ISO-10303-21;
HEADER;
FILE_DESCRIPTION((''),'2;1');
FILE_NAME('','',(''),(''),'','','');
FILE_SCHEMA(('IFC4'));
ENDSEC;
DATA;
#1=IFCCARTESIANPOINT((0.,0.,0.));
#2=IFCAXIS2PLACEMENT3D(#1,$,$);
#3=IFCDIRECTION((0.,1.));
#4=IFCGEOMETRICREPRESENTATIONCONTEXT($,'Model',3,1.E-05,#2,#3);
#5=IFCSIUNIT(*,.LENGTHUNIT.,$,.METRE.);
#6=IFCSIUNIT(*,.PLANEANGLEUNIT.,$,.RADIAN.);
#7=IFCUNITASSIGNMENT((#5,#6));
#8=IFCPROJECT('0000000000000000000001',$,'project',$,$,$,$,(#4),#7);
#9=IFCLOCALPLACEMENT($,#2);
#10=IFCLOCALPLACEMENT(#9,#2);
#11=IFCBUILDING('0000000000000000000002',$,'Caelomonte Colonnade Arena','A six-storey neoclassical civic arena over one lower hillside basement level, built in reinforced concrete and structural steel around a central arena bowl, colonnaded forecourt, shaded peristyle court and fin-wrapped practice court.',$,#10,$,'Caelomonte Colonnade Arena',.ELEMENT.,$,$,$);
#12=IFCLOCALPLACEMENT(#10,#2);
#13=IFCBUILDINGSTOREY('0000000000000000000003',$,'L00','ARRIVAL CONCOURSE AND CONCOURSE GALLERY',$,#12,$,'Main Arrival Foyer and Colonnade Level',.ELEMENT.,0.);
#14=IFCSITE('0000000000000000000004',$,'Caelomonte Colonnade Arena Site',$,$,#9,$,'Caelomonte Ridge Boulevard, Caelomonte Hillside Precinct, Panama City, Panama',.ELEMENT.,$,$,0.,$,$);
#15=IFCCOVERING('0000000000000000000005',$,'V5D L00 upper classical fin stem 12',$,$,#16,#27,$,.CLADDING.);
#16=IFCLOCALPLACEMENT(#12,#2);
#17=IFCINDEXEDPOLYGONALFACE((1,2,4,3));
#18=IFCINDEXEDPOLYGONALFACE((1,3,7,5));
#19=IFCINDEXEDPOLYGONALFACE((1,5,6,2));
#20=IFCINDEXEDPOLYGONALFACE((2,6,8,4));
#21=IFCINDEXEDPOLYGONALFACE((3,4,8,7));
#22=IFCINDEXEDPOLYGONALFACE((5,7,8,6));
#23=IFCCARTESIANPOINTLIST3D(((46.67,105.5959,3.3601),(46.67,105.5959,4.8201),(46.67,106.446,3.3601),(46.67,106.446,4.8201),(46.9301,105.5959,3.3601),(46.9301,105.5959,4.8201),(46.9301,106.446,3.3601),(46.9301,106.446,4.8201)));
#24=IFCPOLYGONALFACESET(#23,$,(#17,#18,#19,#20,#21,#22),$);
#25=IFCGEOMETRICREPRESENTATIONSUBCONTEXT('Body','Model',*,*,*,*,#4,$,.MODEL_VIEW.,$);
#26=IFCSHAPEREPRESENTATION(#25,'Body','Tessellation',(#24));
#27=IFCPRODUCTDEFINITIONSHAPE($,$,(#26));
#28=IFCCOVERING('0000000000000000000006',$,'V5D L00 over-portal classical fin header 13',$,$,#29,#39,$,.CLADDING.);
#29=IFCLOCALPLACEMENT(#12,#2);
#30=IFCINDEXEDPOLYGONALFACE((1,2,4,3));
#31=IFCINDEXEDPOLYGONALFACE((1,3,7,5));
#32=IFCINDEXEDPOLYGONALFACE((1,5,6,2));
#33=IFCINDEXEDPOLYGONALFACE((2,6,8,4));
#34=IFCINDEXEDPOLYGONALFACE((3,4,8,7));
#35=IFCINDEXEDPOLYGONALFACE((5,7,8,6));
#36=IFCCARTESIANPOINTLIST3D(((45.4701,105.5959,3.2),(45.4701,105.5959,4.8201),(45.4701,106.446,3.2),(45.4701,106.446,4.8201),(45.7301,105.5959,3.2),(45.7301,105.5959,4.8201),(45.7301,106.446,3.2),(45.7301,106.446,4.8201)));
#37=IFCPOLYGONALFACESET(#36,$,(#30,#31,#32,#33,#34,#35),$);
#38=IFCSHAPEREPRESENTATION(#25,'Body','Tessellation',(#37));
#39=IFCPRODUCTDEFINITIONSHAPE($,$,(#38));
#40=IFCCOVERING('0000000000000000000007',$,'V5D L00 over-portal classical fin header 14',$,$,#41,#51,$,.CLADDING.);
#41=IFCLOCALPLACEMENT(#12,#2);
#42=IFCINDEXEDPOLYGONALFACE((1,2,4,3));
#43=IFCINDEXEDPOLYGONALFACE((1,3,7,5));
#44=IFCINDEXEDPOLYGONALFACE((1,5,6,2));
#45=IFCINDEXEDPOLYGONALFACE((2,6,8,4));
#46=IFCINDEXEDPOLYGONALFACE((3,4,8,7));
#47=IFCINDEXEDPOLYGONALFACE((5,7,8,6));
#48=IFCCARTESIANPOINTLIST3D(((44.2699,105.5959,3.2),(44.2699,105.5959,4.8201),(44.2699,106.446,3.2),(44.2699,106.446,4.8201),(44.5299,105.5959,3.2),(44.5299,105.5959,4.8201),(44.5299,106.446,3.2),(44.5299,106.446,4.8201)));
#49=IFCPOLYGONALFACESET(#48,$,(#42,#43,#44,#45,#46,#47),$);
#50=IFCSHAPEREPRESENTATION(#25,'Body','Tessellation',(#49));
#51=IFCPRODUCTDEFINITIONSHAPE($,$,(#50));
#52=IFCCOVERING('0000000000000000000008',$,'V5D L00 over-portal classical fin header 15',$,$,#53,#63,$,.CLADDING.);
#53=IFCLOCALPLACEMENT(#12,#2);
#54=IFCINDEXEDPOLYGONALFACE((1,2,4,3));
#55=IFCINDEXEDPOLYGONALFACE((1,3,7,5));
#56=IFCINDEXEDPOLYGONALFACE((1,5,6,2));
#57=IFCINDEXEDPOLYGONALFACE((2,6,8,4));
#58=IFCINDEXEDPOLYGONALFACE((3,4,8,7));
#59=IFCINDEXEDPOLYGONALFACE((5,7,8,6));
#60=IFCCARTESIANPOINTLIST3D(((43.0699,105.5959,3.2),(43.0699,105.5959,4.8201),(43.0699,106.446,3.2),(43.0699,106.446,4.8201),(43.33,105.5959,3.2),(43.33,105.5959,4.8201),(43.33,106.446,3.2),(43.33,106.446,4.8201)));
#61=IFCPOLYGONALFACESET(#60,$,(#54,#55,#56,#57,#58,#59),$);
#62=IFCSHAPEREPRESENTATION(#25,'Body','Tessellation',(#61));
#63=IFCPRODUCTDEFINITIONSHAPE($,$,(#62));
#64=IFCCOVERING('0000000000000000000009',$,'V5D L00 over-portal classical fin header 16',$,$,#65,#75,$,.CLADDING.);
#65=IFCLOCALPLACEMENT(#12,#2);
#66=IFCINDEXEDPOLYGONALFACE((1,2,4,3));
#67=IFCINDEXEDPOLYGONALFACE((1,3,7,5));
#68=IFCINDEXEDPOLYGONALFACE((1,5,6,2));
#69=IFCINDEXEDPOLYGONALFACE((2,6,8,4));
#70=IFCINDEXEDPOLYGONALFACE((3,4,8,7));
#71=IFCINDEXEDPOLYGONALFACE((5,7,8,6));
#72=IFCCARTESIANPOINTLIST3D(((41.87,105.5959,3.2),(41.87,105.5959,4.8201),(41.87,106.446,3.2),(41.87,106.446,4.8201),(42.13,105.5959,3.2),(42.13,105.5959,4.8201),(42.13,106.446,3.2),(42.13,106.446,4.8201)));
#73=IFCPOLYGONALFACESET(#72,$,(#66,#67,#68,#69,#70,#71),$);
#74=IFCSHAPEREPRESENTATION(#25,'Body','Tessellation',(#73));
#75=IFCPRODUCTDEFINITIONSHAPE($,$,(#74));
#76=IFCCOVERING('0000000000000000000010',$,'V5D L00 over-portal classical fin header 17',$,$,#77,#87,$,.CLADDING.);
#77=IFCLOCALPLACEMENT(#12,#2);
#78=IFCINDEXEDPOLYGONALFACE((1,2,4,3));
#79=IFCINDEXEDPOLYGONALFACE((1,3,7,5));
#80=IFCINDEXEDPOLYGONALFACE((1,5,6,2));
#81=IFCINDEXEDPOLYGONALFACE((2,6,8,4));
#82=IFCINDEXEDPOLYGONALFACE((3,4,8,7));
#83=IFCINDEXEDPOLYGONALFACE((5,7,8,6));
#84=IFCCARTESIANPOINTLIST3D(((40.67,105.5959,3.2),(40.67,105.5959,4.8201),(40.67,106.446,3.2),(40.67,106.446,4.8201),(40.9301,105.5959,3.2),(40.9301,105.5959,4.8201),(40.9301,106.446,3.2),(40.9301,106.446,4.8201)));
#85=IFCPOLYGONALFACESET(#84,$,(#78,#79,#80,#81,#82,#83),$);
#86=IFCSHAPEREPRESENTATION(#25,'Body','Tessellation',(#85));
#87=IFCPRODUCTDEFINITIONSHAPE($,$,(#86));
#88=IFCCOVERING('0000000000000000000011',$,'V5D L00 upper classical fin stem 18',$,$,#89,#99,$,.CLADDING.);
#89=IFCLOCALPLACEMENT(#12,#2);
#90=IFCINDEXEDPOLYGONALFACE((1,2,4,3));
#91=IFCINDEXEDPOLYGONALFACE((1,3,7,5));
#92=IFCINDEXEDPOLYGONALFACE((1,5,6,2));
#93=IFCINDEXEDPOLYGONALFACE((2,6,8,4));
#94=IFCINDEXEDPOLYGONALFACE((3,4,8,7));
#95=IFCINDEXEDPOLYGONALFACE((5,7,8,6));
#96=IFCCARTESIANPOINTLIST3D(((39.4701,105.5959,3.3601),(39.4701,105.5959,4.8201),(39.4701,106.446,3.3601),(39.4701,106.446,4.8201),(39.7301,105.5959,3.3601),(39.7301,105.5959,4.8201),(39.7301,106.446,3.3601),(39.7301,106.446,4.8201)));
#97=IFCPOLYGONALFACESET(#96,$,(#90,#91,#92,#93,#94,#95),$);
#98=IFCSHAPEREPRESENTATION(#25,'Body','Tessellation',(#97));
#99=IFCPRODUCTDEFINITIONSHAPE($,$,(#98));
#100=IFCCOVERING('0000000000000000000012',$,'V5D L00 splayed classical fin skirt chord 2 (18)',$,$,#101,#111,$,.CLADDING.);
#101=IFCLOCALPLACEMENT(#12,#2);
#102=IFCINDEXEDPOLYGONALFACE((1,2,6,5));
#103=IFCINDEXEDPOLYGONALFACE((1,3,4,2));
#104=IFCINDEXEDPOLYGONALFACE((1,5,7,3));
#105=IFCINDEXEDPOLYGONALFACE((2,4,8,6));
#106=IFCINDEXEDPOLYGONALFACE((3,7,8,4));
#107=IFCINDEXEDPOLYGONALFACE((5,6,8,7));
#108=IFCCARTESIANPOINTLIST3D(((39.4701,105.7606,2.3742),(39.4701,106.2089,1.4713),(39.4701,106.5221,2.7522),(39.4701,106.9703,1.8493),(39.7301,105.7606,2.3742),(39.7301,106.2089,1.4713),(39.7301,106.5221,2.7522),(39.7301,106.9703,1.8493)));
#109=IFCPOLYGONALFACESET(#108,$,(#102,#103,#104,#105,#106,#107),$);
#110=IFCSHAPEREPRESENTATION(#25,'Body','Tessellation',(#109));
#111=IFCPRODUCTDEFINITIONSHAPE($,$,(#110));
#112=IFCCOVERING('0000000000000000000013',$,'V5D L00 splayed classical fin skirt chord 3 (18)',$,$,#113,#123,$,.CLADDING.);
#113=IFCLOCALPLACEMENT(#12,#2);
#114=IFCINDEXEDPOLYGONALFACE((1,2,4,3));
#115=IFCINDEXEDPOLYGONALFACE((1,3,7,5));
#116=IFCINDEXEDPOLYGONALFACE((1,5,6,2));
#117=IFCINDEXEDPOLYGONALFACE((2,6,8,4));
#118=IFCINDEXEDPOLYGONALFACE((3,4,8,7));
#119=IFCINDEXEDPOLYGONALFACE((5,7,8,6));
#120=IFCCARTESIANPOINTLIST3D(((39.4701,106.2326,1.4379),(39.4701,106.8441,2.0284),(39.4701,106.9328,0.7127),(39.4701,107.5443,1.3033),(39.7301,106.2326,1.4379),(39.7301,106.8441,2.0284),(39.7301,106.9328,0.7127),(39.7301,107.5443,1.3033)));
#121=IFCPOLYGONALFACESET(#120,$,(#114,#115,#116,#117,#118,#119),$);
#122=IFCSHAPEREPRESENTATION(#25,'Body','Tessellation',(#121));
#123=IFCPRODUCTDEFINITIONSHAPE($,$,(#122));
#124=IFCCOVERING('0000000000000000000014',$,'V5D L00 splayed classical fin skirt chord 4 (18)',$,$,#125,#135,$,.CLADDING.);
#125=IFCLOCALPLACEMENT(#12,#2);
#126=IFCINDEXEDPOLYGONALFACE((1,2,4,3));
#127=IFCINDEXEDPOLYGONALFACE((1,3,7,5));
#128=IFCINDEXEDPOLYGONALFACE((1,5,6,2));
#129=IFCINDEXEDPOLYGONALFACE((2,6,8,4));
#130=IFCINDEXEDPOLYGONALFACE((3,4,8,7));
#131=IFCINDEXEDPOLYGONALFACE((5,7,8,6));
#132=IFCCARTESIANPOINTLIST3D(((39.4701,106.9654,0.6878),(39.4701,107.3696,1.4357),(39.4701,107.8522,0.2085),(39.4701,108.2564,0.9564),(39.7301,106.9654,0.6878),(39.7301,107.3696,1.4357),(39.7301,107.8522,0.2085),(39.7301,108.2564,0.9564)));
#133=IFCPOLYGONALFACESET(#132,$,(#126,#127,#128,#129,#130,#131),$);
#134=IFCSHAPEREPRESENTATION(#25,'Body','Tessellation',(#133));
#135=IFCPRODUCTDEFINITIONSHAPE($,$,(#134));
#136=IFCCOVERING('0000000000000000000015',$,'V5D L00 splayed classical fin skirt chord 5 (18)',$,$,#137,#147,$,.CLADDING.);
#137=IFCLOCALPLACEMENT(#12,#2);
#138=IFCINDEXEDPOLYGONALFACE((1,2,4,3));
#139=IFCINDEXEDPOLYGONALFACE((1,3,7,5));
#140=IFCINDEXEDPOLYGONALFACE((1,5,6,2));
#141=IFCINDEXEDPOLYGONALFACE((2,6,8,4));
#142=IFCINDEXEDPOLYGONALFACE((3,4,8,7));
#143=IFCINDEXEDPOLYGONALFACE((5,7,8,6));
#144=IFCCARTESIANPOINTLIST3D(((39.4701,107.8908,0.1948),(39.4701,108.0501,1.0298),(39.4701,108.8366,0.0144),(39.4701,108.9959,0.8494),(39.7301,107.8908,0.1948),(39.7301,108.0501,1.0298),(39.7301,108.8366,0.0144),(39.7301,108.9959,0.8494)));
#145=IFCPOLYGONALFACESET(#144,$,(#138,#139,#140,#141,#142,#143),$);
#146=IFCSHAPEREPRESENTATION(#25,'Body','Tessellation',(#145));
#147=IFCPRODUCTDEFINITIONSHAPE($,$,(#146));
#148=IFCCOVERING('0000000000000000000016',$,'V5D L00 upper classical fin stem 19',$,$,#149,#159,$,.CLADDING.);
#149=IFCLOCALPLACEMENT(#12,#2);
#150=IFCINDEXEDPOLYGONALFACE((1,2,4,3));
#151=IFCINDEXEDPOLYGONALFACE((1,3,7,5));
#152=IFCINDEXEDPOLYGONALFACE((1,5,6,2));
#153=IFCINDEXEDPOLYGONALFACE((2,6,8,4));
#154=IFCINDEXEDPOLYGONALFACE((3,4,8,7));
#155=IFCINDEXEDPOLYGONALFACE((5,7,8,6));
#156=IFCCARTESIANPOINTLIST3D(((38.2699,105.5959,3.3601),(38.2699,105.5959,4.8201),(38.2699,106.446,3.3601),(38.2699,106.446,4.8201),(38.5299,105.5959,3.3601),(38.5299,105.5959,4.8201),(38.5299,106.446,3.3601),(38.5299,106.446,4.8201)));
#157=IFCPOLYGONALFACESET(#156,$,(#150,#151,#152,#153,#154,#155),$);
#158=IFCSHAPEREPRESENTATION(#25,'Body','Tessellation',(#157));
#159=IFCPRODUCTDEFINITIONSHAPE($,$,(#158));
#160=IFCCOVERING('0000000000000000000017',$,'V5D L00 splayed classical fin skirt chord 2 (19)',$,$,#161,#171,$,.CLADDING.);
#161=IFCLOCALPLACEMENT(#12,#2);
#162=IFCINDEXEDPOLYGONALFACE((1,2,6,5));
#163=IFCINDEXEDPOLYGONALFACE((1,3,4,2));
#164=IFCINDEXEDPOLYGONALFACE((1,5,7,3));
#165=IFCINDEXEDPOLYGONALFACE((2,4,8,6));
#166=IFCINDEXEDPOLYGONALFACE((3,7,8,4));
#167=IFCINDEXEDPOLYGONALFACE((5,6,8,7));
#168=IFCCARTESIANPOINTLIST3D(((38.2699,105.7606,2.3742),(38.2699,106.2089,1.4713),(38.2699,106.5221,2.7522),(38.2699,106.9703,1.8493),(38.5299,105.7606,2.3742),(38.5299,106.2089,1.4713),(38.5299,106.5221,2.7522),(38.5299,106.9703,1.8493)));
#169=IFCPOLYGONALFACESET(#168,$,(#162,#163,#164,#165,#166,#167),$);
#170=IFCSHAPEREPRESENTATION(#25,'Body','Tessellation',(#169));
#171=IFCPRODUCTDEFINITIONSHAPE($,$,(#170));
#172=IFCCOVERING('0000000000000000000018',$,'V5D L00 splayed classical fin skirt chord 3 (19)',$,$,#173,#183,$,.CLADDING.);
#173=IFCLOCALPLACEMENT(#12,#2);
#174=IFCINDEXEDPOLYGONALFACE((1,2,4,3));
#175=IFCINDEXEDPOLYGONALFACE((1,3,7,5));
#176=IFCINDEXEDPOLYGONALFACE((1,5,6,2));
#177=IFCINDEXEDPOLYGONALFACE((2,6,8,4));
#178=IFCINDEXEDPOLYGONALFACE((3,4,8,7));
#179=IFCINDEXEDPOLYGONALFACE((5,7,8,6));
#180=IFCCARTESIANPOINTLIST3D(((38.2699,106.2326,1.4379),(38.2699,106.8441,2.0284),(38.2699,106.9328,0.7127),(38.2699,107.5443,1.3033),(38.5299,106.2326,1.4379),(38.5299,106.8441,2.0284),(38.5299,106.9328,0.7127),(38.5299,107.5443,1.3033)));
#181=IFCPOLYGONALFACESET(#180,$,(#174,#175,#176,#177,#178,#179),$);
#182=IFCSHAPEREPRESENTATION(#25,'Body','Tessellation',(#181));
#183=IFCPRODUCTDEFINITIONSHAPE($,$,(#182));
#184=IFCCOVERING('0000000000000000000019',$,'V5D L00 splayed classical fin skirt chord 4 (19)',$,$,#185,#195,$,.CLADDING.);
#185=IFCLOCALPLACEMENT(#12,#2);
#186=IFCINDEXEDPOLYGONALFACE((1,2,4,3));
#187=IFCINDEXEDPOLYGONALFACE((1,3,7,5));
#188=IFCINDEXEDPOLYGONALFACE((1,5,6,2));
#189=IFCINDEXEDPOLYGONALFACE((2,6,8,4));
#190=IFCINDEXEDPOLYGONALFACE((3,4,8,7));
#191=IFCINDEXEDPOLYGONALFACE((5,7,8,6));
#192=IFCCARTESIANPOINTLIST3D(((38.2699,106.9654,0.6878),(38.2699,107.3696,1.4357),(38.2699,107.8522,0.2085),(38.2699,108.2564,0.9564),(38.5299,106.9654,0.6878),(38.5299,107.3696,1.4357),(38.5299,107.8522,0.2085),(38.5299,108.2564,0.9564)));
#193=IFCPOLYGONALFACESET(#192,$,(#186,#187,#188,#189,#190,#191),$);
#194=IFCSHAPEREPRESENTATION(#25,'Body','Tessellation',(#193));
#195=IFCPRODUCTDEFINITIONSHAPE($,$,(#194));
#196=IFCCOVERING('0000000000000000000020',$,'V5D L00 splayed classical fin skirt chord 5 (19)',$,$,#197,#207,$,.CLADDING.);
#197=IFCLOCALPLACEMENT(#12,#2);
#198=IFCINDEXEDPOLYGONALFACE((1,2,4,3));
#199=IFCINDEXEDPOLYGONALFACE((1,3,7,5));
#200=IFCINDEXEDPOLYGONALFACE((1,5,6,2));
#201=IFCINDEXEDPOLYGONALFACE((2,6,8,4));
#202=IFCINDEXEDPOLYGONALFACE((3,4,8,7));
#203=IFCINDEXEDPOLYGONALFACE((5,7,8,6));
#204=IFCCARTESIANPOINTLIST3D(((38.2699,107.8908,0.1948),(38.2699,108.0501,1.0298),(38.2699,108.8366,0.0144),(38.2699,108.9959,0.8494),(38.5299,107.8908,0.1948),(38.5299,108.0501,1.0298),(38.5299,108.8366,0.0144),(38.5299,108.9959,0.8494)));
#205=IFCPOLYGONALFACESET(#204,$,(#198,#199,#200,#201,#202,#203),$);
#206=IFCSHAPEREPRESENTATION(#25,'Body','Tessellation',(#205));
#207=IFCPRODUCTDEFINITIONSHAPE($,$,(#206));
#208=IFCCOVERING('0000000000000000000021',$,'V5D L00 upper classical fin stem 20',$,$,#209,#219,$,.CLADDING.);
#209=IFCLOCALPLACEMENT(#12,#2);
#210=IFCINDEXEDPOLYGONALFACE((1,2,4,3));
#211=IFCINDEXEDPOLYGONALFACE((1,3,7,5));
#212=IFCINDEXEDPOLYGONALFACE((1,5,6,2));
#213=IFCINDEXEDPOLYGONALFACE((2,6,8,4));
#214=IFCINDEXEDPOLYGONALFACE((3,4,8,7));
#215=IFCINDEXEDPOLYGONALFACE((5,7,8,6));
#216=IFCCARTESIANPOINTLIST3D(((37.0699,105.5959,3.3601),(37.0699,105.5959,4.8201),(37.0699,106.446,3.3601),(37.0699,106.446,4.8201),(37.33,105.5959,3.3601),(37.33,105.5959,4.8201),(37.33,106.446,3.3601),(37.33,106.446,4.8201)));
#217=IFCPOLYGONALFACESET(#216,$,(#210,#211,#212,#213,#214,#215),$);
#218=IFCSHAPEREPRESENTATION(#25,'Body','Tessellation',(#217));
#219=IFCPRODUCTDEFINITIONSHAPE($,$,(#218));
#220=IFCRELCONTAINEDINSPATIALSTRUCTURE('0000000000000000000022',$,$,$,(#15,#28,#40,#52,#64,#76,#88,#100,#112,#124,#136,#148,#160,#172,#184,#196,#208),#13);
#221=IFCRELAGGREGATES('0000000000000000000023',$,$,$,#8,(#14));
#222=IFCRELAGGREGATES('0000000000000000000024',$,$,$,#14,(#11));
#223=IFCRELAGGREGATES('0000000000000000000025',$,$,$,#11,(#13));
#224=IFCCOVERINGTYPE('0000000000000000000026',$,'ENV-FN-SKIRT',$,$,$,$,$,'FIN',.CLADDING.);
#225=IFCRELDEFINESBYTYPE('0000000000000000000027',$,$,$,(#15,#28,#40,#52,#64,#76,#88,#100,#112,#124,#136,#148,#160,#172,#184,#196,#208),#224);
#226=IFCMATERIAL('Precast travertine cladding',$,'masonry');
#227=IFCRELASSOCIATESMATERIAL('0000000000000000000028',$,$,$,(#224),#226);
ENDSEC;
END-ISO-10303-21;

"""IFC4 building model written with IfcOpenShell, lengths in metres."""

from ifc_helpers import new_model, si_unit, direction, frame, origin, origin_2d, place, context, subcontext, project, spatial, rectangle, extrude, material, material_profile, profile_set, type_object, element, save


model = new_model("IFC4")

# Units and contexts
model_context = context("Model", 3, precision=1e-05, world=origin(), true_north=direction((0.0, 1.0)))
body_context = subcontext(model_context, "Body", "Model", "MODEL_VIEW")
ifc_project = project(units=[si_unit("LENGTHUNIT", "METRE"), si_unit("PLANEANGLEUNIT", "RADIAN")], contexts=[model_context])

# Site, building, storey
site_placement = place(None, origin())
site = spatial("IfcSite", under=ifc_project, at=site_placement, Name="Caelomonte Colonnade Arena Site", LongName="Caelomonte Ridge Boulevard, Caelomonte Hillside Precinct, Panama City, Panama", CompositionType="ELEMENT", RefElevation=0.0)
building_placement = place(site_placement, origin())
building = spatial("IfcBuilding", under=site, at=building_placement, Name="Caelomonte Colonnade Arena", Description="A six-storey neoclassical civic arena over one lower hillside basement level, built in reinforced concrete and structural steel around a central arena bowl, colonnaded forecourt, shaded peristyle court and fin-wrapped practice court.", LongName="Caelomonte Colonnade Arena", CompositionType="ELEMENT")
storey_placement = place(building_placement, origin())
storey = spatial("IfcBuildingStorey", under=building, at=storey_placement, Name="L00", Description="ARRIVAL CONCOURSE AND CONCOURSE GALLERY", LongName="Main Arrival Foyer and Colonnade Level", CompositionType="ELEMENT", Elevation=0.0)

# Coverings
ifc_material = material(Name="Precast travertine cladding", Category="masonry")
ifc_material_profile = material_profile(ifc_material, rectangle(XDim=0.26, YDim=0.8501, at=origin_2d()), Name="FIN260X850")
ifc_profile_set = profile_set([ifc_material_profile], Name="Precast travertine cladding")
covering_type = type_object("IfcCoveringType", Name="ENV-FN-SKIRT", ElementType="FIN", PredefinedType="CLADDING", material=ifc_profile_set)
covering_1_placement = place(storey_placement, frame((46.8, 106.021, 3.3601), z_axis=(0.0, 0.0, 1.0), x_axis=(1.0, 0.0, 0.0)))
element("IfcCovering", 1, at=covering_1_placement, inside=storey, type_object=covering_type, Name="V5D L00 upper classical fin stem 12", PredefinedType="CLADDING", context=body_context, shape_type="SweptSolid", body=[
    extrude(rectangle(XDim=0.26, YDim=0.8501, at=origin_2d()), origin(), (0.0, 0.0, 1.0), 1.46),
])
for number, where, z_axis, x_axis, name in (
    (2, (45.6001, 106.021, 3.2), (0.0, 0.0, 1.0), (1.0, 0.0, 0.0), "V5D L00 over-portal classical fin header 13"),
    (3, (44.3999, 106.021, 3.2), (0.0, 0.0, 1.0), (1.0, 0.0, 0.0), "V5D L00 over-portal classical fin header 14"),
    (4, (43.2, 106.021, 3.2), (0.0, 0.0, 1.0), (1.0, 0.0, 0.0), "V5D L00 over-portal classical fin header 15"),
    (5, (42.0, 106.021, 3.2), (0.0, 0.0, 1.0), (1.0, 0.0, 0.0), "V5D L00 over-portal classical fin header 16"),
    (6, (40.8, 106.021, 3.2), (0.0, 0.0, 1.0), (1.0, 0.0, 0.0), "V5D L00 over-portal classical fin header 17"),
):
    element("IfcCovering", number, at=place(storey_placement, frame(where, z_axis=z_axis, x_axis=x_axis)), inside=storey, type_object=covering_type, Name=name, PredefinedType="CLADDING", context=body_context, shape_type="SweptSolid", body=[
        extrude(rectangle(XDim=0.26, YDim=0.8501, at=origin_2d()), origin(), (0.0, 0.0, 1.0), 1.6201),
    ])
covering_2_placement = place(storey_placement, frame((39.6001, 106.021, 3.3601), z_axis=(0.0, 0.0, 1.0), x_axis=(1.0, 0.0, 0.0)))
element("IfcCovering", 7, at=covering_2_placement, inside=storey, type_object=covering_type, Name="V5D L00 upper classical fin stem 18", PredefinedType="CLADDING", context=body_context, shape_type="SweptSolid", body=[
    extrude(rectangle(XDim=0.26, YDim=0.8501, at=origin_2d()), origin(), (0.0, 0.0, 1.0), 1.46),
])
for number, where, z_axis, x_axis, name in (
    (8, (39.6001, 106.1414, 2.5632), (0.0, 0.444693, -0.895683), (-1.0, 0.0, 0.0), "V5D L00 splayed classical fin skirt chord 2 (18)"),
    (9, (39.6001, 106.5383, 1.7332), (0.0, 0.694646, -0.719351), (-1.0, 0.0, 0.0), "V5D L00 splayed classical fin skirt chord 3 (18)"),
    (10, (39.6001, 107.1675, 1.0618), (0.0, 0.879731, -0.475471), (-1.0, 0.0, 0.0), "V5D L00 splayed classical fin skirt chord 4 (18)"),
):
    element("IfcCovering", number, at=place(storey_placement, frame(where, z_axis=z_axis, x_axis=x_axis)), inside=storey, type_object=covering_type, Name=name, PredefinedType="CLADDING", context=body_context, shape_type="SweptSolid", body=[
        extrude(rectangle(XDim=0.26, YDim=0.8501, at=origin_2d()), origin(), (0.0, 0.0, 1.0), 1.0081),
    ])
covering_3_placement = place(storey_placement, frame((39.6001, 107.9705, 0.6123), z_axis=(0.0, 0.982287, -0.18738), x_axis=(-1.0, 0.0, 0.0)))
element("IfcCovering", 11, at=covering_3_placement, inside=storey, type_object=covering_type, Name="V5D L00 splayed classical fin skirt chord 5 (18)", PredefinedType="CLADDING", context=body_context, shape_type="SweptSolid", body=[
    extrude(rectangle(XDim=0.26, YDim=0.8501, at=origin_2d()), origin(), (0.0, 0.0, 1.0), 0.9629),
])
covering_4_placement = place(storey_placement, frame((38.3999, 106.021, 3.3601), z_axis=(0.0, 0.0, 1.0), x_axis=(1.0, 0.0, 0.0)))
element("IfcCovering", 12, at=covering_4_placement, inside=storey, type_object=covering_type, Name="V5D L00 upper classical fin stem 19", PredefinedType="CLADDING", context=body_context, shape_type="SweptSolid", body=[
    extrude(rectangle(XDim=0.26, YDim=0.8501, at=origin_2d()), origin(), (0.0, 0.0, 1.0), 1.46),
])
for number, where, z_axis, x_axis, name in (
    (13, (38.3999, 106.1414, 2.5632), (0.0, 0.444693, -0.895683), (-1.0, 0.0, 0.0), "V5D L00 splayed classical fin skirt chord 2 (19)"),
    (14, (38.3999, 106.5383, 1.7332), (0.0, 0.694646, -0.719351), (-1.0, 0.0, 0.0), "V5D L00 splayed classical fin skirt chord 3 (19)"),
    (15, (38.3999, 107.1675, 1.0618), (0.0, 0.879731, -0.475471), (-1.0, 0.0, 0.0), "V5D L00 splayed classical fin skirt chord 4 (19)"),
):
    element("IfcCovering", number, at=place(storey_placement, frame(where, z_axis=z_axis, x_axis=x_axis)), inside=storey, type_object=covering_type, Name=name, PredefinedType="CLADDING", context=body_context, shape_type="SweptSolid", body=[
        extrude(rectangle(XDim=0.26, YDim=0.8501, at=origin_2d()), origin(), (0.0, 0.0, 1.0), 1.0081),
    ])
covering_5_placement = place(storey_placement, frame((38.3999, 107.9705, 0.6123), z_axis=(0.0, 0.982287, -0.18738), x_axis=(-1.0, 0.0, 0.0)))
element("IfcCovering", 16, at=covering_5_placement, inside=storey, type_object=covering_type, Name="V5D L00 splayed classical fin skirt chord 5 (19)", PredefinedType="CLADDING", context=body_context, shape_type="SweptSolid", body=[
    extrude(rectangle(XDim=0.26, YDim=0.8501, at=origin_2d()), origin(), (0.0, 0.0, 1.0), 0.9629),
])
covering_6_placement = place(storey_placement, frame((37.2, 106.021, 3.3601), z_axis=(0.0, 0.0, 1.0), x_axis=(1.0, 0.0, 0.0)))
element("IfcCovering", 17, at=covering_6_placement, inside=storey, type_object=covering_type, Name="V5D L00 upper classical fin stem 20", PredefinedType="CLADDING", context=body_context, shape_type="SweptSolid", body=[
    extrude(rectangle(XDim=0.26, YDim=0.8501, at=origin_2d()), origin(), (0.0, 0.0, 1.0), 1.46),
])

save(model, "model.ifc")
